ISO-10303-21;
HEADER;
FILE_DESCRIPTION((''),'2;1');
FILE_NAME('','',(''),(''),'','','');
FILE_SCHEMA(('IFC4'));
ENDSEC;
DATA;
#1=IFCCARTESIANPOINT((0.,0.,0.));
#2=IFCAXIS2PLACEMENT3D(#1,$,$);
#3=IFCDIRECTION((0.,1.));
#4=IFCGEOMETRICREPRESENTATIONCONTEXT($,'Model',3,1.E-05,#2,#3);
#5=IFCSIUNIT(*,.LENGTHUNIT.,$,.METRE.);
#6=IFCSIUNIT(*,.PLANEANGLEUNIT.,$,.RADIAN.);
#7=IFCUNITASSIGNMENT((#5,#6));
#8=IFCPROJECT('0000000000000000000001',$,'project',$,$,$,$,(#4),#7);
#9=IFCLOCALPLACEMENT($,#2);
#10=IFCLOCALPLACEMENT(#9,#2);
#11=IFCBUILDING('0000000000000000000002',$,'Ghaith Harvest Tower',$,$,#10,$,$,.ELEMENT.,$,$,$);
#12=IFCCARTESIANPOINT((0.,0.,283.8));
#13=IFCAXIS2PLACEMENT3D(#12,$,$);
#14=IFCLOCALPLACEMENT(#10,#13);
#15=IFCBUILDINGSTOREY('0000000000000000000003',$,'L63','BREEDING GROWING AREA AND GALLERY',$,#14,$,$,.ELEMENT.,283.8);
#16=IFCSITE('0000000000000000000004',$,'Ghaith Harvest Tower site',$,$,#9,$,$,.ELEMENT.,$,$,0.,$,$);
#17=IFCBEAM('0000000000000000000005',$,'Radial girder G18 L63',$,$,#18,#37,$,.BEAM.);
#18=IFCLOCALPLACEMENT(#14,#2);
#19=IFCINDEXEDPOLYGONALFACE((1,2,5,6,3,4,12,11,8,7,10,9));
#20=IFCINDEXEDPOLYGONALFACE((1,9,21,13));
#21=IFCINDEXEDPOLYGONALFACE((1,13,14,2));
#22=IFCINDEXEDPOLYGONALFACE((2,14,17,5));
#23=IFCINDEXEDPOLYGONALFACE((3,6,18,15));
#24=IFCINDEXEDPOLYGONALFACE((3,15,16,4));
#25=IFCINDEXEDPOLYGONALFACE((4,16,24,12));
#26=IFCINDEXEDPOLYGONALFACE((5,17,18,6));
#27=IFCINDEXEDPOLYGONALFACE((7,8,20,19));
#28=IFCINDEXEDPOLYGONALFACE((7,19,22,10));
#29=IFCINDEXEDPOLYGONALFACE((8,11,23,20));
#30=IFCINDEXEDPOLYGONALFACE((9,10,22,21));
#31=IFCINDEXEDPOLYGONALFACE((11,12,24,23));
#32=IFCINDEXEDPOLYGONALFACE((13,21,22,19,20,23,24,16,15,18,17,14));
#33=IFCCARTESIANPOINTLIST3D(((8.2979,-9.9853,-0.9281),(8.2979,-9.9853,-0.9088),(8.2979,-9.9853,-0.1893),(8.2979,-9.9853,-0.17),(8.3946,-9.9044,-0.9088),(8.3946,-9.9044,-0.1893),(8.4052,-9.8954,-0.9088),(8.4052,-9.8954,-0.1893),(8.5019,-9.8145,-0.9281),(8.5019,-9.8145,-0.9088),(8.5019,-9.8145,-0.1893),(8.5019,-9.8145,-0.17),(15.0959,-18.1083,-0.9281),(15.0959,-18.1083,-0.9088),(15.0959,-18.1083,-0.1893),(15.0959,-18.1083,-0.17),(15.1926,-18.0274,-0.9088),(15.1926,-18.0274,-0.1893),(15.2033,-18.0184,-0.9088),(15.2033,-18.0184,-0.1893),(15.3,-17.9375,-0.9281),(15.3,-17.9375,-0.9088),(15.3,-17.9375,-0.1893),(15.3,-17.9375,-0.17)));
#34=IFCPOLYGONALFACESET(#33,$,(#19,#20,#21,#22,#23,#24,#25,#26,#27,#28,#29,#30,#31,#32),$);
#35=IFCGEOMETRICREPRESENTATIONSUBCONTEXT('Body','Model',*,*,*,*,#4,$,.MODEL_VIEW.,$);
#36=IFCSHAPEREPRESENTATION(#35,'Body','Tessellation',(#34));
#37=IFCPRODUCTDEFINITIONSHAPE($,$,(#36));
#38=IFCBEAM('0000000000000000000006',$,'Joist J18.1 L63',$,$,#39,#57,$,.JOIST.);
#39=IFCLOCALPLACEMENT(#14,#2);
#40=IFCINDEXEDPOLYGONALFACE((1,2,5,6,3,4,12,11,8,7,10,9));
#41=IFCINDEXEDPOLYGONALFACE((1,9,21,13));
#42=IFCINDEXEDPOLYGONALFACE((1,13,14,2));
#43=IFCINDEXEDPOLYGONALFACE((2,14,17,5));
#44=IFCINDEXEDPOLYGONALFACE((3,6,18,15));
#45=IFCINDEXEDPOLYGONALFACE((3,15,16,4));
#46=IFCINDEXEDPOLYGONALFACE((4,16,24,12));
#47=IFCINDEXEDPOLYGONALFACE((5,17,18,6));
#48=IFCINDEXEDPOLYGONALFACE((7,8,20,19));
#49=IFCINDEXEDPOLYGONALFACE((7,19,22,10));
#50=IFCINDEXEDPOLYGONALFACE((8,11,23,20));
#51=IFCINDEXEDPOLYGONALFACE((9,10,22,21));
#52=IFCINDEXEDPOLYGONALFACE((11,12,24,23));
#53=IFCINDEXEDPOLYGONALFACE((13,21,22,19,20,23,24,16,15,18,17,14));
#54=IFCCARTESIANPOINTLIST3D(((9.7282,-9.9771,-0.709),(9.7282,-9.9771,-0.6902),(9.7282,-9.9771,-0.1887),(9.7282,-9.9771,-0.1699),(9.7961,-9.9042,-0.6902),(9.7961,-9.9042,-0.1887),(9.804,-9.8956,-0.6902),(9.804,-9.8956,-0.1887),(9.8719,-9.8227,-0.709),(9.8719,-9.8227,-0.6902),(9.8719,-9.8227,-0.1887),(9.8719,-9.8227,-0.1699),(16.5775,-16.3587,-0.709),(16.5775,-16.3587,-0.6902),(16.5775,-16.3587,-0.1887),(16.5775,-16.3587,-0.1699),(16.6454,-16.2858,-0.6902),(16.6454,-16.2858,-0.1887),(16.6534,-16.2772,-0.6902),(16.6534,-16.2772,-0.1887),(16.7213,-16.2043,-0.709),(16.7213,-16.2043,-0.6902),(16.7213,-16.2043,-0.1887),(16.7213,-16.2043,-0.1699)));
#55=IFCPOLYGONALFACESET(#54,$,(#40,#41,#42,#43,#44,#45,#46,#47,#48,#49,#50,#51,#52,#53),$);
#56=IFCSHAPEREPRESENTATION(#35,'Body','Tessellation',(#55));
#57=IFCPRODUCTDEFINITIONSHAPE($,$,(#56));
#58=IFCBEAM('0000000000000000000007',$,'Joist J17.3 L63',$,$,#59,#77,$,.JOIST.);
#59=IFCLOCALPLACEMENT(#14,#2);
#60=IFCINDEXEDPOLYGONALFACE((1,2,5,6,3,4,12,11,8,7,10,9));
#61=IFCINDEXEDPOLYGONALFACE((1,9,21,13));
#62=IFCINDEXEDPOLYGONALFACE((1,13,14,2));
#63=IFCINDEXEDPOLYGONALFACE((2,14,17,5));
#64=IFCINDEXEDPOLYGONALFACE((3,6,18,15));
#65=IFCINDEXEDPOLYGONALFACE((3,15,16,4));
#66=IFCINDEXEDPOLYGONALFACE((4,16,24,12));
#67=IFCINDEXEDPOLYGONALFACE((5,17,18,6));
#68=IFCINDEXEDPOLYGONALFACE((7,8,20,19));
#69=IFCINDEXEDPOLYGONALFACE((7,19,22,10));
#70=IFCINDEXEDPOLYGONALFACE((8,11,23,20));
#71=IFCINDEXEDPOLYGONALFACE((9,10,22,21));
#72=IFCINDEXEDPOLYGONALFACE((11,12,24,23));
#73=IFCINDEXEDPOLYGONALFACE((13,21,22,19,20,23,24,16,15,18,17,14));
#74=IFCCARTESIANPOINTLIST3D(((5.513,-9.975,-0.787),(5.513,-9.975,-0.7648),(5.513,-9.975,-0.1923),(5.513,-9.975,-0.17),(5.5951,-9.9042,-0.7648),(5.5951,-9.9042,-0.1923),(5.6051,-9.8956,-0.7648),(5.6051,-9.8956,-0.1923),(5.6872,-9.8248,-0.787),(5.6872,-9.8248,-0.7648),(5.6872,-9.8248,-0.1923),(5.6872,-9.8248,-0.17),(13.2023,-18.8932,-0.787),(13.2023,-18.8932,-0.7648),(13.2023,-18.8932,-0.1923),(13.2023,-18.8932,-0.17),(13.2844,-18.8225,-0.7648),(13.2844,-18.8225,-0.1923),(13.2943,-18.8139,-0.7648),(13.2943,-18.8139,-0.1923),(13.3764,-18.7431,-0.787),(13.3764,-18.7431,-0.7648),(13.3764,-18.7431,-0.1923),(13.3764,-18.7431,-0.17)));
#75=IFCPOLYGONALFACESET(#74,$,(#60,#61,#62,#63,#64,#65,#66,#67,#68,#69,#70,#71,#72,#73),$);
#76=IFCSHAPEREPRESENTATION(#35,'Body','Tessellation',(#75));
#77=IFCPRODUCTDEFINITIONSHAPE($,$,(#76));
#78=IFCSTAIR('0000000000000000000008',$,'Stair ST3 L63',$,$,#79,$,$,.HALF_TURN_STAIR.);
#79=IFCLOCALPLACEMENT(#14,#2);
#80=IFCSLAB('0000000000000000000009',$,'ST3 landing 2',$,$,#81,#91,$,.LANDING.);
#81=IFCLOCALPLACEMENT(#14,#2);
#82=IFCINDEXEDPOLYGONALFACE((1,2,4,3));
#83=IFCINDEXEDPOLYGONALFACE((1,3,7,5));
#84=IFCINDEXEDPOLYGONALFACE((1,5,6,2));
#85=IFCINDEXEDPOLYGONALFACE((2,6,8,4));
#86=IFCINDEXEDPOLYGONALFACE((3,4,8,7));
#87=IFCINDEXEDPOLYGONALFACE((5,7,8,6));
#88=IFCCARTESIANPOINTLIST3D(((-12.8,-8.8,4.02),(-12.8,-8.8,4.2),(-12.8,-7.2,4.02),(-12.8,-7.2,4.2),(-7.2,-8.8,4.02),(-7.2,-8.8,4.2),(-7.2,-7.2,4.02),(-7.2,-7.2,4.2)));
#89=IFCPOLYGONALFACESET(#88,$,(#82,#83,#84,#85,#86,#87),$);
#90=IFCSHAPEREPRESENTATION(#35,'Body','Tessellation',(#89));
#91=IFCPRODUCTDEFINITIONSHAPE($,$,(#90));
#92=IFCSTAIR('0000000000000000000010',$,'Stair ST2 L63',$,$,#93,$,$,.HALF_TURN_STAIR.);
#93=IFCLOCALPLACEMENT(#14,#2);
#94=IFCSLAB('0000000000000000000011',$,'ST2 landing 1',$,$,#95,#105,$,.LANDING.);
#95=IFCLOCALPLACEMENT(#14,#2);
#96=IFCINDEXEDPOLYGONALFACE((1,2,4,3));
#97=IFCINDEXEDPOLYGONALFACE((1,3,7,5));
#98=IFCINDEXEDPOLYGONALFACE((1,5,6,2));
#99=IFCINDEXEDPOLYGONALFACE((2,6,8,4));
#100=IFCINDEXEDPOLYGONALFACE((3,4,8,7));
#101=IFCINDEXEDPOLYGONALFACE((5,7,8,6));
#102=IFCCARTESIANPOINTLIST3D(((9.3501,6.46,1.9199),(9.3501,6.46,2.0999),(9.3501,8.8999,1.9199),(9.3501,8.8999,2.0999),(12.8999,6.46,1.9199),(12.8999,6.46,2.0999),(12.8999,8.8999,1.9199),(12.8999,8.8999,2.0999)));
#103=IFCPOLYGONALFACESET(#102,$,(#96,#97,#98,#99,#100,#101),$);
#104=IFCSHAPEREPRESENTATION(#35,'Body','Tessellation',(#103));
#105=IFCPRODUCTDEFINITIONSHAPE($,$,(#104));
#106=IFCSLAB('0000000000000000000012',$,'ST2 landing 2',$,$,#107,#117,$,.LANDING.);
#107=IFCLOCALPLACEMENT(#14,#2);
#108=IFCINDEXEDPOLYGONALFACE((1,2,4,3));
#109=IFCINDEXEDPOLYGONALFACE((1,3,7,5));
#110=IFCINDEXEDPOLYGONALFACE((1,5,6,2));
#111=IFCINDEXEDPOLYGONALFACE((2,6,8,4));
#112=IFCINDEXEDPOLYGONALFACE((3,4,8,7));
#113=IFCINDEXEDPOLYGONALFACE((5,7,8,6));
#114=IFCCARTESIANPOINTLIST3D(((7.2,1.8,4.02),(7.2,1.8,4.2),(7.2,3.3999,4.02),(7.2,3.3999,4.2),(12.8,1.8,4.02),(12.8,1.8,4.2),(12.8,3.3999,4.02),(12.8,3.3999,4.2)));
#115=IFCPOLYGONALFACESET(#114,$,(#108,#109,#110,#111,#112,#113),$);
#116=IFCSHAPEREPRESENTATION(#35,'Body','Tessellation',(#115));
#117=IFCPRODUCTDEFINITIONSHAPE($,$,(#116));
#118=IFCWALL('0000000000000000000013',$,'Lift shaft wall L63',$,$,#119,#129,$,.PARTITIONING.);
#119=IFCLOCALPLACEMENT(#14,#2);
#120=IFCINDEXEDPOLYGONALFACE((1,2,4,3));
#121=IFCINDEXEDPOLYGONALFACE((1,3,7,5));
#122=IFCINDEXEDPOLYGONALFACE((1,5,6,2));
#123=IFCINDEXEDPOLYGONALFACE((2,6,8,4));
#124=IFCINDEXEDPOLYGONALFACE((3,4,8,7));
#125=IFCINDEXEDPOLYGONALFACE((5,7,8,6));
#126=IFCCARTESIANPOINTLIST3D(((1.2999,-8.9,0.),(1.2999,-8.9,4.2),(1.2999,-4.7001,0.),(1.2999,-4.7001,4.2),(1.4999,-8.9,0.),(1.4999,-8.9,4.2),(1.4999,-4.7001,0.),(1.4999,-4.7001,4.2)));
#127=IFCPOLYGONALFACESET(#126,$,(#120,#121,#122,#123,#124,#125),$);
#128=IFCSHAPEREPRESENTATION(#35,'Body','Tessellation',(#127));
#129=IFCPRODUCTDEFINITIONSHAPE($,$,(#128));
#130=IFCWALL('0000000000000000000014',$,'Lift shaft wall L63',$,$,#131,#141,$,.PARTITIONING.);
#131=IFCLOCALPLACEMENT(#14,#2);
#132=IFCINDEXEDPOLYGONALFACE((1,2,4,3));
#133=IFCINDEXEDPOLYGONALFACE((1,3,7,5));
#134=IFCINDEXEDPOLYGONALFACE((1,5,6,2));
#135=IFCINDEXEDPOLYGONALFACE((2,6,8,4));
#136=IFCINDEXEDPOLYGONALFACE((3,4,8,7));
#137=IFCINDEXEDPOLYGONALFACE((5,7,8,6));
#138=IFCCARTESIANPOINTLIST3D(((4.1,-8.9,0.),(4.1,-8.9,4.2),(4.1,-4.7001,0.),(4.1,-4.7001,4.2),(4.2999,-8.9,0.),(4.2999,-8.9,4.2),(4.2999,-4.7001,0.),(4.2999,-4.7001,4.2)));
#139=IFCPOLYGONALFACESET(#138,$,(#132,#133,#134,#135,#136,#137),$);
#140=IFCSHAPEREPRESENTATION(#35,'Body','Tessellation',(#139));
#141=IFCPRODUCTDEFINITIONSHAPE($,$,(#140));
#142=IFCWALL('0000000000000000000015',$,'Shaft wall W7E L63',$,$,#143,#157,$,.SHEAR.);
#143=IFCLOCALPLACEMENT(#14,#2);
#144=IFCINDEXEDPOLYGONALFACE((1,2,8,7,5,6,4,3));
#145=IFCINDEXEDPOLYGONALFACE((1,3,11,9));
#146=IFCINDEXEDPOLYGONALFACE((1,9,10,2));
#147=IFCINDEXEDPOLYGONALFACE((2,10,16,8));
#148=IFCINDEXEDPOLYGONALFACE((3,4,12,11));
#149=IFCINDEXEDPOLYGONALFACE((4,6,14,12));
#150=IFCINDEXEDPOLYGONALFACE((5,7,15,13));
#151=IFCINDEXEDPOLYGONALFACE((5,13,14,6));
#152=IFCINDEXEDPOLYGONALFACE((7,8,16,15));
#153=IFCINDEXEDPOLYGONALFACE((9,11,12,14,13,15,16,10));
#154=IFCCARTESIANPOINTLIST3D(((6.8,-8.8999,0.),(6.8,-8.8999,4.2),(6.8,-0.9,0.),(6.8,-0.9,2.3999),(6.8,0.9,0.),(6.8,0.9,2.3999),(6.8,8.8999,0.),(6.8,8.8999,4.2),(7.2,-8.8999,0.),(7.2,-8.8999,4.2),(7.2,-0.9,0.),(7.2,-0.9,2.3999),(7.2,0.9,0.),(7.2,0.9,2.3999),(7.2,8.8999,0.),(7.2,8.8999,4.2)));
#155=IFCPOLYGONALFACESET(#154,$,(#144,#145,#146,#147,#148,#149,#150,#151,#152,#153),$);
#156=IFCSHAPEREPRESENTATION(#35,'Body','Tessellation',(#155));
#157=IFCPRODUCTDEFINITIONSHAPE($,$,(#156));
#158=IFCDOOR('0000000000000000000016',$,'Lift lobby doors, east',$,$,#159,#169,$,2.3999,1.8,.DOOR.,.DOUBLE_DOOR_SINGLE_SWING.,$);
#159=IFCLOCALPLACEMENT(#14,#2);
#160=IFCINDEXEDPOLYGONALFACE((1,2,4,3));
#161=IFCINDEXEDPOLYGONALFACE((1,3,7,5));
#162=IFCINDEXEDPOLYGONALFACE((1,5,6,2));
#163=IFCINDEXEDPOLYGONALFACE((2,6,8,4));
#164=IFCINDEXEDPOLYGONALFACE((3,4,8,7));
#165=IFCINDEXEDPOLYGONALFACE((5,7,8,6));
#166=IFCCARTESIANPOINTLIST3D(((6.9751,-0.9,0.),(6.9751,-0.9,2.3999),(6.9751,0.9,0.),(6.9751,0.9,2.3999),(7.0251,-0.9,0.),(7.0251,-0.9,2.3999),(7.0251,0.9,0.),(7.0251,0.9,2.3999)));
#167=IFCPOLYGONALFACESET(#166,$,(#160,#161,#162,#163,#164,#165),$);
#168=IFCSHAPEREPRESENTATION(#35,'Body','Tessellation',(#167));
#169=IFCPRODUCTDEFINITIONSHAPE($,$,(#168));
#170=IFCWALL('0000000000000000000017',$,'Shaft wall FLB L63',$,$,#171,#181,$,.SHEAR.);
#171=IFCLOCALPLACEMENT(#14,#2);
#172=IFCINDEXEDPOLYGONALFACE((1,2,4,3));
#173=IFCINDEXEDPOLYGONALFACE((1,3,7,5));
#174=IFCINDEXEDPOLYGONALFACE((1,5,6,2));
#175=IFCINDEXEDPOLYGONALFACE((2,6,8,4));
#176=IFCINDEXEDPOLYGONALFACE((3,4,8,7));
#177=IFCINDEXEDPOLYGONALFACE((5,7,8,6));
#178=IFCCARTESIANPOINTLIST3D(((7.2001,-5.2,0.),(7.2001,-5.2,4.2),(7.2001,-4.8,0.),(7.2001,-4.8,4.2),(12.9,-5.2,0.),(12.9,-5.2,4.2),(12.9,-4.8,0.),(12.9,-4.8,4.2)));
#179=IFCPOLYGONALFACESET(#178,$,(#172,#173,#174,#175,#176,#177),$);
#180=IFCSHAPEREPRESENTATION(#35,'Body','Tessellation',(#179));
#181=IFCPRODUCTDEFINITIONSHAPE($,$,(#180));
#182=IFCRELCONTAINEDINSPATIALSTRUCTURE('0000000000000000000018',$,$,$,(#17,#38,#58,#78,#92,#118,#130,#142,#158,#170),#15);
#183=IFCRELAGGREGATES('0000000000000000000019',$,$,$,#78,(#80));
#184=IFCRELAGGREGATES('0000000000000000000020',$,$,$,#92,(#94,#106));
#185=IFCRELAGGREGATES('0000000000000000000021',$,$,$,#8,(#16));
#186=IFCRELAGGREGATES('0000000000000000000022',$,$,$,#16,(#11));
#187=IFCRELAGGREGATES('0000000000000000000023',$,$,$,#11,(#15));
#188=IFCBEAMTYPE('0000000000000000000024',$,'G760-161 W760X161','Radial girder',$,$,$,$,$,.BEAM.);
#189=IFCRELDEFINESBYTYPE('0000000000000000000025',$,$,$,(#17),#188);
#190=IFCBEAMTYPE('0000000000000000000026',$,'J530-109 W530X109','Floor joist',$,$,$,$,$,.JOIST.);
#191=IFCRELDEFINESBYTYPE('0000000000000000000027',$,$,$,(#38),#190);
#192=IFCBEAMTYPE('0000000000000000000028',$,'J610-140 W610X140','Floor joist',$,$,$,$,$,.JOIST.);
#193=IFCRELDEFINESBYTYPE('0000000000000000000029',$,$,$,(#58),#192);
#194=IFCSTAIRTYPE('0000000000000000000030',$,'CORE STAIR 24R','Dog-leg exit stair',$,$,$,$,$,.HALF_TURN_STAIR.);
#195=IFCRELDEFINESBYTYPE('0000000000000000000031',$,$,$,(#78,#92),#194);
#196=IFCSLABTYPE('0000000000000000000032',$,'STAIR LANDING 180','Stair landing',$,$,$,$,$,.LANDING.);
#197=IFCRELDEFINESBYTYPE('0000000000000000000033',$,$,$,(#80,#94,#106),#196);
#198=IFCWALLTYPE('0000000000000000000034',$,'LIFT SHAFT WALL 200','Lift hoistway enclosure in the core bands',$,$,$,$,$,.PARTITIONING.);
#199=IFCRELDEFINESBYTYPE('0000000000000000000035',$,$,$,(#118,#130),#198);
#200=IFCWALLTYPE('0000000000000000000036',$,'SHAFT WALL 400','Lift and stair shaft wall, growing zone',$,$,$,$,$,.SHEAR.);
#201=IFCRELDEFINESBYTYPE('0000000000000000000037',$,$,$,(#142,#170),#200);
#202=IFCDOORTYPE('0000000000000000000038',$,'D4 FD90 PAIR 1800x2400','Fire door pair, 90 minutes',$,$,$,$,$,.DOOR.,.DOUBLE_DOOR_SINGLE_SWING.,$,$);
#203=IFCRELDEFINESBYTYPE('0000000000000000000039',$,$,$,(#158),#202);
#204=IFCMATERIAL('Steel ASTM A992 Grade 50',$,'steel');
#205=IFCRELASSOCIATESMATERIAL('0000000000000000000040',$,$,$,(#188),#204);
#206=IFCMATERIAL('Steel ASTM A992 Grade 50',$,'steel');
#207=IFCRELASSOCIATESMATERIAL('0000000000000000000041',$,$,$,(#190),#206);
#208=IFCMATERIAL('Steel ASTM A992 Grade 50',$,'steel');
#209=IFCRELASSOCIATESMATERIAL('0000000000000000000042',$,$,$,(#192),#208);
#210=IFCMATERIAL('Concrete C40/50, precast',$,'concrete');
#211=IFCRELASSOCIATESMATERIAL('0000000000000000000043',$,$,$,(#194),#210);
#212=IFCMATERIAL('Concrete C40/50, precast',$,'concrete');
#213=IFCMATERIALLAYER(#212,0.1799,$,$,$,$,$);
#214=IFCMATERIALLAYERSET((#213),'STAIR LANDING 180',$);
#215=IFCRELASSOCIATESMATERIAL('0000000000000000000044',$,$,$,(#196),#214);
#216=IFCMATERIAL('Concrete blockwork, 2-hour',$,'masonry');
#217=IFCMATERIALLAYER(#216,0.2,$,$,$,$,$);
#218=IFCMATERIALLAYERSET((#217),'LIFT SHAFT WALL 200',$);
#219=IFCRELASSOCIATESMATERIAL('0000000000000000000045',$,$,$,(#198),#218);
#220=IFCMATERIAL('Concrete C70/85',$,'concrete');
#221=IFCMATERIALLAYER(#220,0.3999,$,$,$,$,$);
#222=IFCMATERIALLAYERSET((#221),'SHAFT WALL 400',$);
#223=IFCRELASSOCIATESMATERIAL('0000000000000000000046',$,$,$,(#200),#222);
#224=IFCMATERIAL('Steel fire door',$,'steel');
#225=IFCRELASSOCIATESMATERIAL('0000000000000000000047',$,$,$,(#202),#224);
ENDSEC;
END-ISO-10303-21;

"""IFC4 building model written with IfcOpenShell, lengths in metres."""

from ifc_helpers import new_model, si_unit, direction, frame, frame_2d, origin, origin_2d, place, context, subcontext, project, spatial, polyline, rectangle, i_section, outline, extrude, material, layer, layer_set, material_profile, profile_set, type_object, element, fill, aggregate, save


model = new_model("IFC4")

# Units and contexts
model_context = context("Model", 3, precision=1e-05, world=origin(), true_north=direction((0.0, 1.0)))
body_context = subcontext(model_context, "Body", "Model", "MODEL_VIEW")
ifc_project = project(units=[si_unit("LENGTHUNIT", "METRE"), si_unit("PLANEANGLEUNIT", "RADIAN")], contexts=[model_context])

# Site, building, storey
site_placement = place(None, origin())
site = spatial("IfcSite", under=ifc_project, at=site_placement, Name="Ghaith Harvest Tower site", CompositionType="ELEMENT", RefElevation=0.0)
building_placement = place(site_placement, origin())
building = spatial("IfcBuilding", under=site, at=building_placement, Name="Ghaith Harvest Tower", CompositionType="ELEMENT")
storey_placement = place(building_placement, frame((0.0, 0.0, 283.8)))
storey = spatial("IfcBuildingStorey", under=building, at=storey_placement, Name="L63", Description="BREEDING GROWING AREA AND GALLERY", CompositionType="ELEMENT", Elevation=283.8)

# Beams
ifc_material_1 = material(Name="Steel ASTM A992 Grade 50", Category="steel")
ifc_material_profile_1 = material_profile(ifc_material_1, i_section(OverallWidth=0.2661, OverallDepth=0.7581, WebThickness=0.0139, FlangeThickness=0.0193, at=origin_2d()), Name="W760X161")
ifc_profile_set_1 = profile_set([ifc_material_profile_1], Name="Steel ASTM A992 Grade 50")
beam_type_1 = type_object("IfcBeamType", Name="G760-161 W760X161", Description="Radial girder", PredefinedType="BEAM", material=ifc_profile_set_1)
beam_1_placement = place(storey_placement, frame((8.3999, -9.8999, -0.5491), z_axis=(0.641793, -0.766878, 0.0), x_axis=(0.766878, 0.641793, 0.0)))
element("IfcBeam", 1, at=beam_1_placement, inside=storey, type_object=beam_type_1, Name="Radial girder G18 L63", PredefinedType="BEAM", context=body_context, shape_type="SweptSolid", body=[
    extrude(i_section(OverallWidth=0.2661, OverallDepth=0.7581, WebThickness=0.0139, FlangeThickness=0.0193, at=origin_2d()), origin(), (0.0, 0.0, 1.0), 10.5923),
])
ifc_material_2 = material(Name="Steel ASTM A992 Grade 50", Category="steel")
ifc_material_profile_2 = material_profile(ifc_material_2, i_section(OverallWidth=0.2109, OverallDepth=0.5391, WebThickness=0.0117, FlangeThickness=0.0188, at=origin_2d()), Name="W530X109")
ifc_profile_set_2 = profile_set([ifc_material_profile_2], Name="Steel ASTM A992 Grade 50")
beam_type_2 = type_object("IfcBeamType", Name="J530-109 W530X109", Description="Floor joist", PredefinedType="JOIST", material=ifc_profile_set_2)
beam_2_placement = place(storey_placement, frame((9.8, -9.8999, -0.4395), z_axis=(0.731649, -0.681682, 0.0), x_axis=(0.681682, 0.731649, 0.0)))
element("IfcBeam", 2, at=beam_2_placement, inside=storey, type_object=beam_type_2, Name="Joist J18.1 L63", PredefinedType="JOIST", context=body_context, shape_type="SweptSolid", body=[
    extrude(i_section(OverallWidth=0.2109, OverallDepth=0.5391, WebThickness=0.0117, FlangeThickness=0.0188, at=origin_2d()), origin(), (0.0, 0.0, 1.0), 9.3616),
])
ifc_material_3 = material(Name="Steel ASTM A992 Grade 50", Category="steel")
ifc_material_profile_3 = material_profile(ifc_material_3, i_section(OverallWidth=0.23, OverallDepth=0.6169, WebThickness=0.0132, FlangeThickness=0.0222, at=origin_2d()), Name="W610X140")
ifc_profile_set_3 = profile_set([ifc_material_profile_3], Name="Steel ASTM A992 Grade 50")
beam_type_3 = type_object("IfcBeamType", Name="J610-140 W610X140", Description="Floor joist", PredefinedType="JOIST", material=ifc_profile_set_3)
beam_3_placement = place(storey_placement, frame((5.6001, -9.8999, -0.4785), z_axis=(0.652993, -0.757364, 0.0), x_axis=(0.757364, 0.652993, 0.0)))
element("IfcBeam", 3, at=beam_3_placement, inside=storey, type_object=beam_type_3, Name="Joist J17.3 L63", PredefinedType="JOIST", context=body_context, shape_type="SweptSolid", body=[
    extrude(i_section(OverallWidth=0.23, OverallDepth=0.6169, WebThickness=0.0132, FlangeThickness=0.0222, at=origin_2d()), origin(), (0.0, 0.0, 1.0), 11.7754),
])

# Stair, slab
ifc_material_4 = material(Name="Concrete C40/50, precast", Category="concrete")
stair_type = type_object("IfcStairType", Name="CORE STAIR 24R", Description="Dog-leg exit stair", PredefinedType="HALF_TURN_STAIR", material=ifc_material_4)
stair_1_placement = place(storey_placement, origin())
stair_1 = element("IfcStair", 4, at=stair_1_placement, inside=storey, type_object=stair_type, Name="Stair ST3 L63", PredefinedType="HALF_TURN_STAIR")
ifc_material_5 = material(Name="Concrete C40/50, precast", Category="concrete")
ifc_layer_1 = layer(ifc_material_5, 0.1799)
ifc_layer_set_1 = layer_set([ifc_layer_1], Name="STAIR LANDING 180")
slab_type = type_object("IfcSlabType", Name="STAIR LANDING 180", Description="Stair landing", PredefinedType="LANDING", material=ifc_layer_set_1)
slab_1_placement = place(storey_placement, frame((0.0, 0.0, 4.02)))
slab_1 = element("IfcSlab", 5, at=slab_1_placement, type_object=slab_type, Name="ST3 landing 2", PredefinedType="LANDING", context=body_context, shape_type="SweptSolid", body=[
    extrude(outline(polyline([(-12.8, -8.8), (-12.8, -7.2), (-7.2, -7.2), (-7.2, -8.8), (-12.8, -8.8)])), origin(), (0.0, 0.0, 1.0), 0.1799),
])
aggregate(stair_1, [slab_1])

# Stair, slabs
stair_2_placement = place(storey_placement, origin())
stair_2 = element("IfcStair", 6, at=stair_2_placement, inside=storey, type_object=stair_type, Name="Stair ST2 L63", PredefinedType="HALF_TURN_STAIR")
slab_2_placement = place(storey_placement, frame((0.0, 0.0, 1.9199)))
slab_2 = element("IfcSlab", 7, at=slab_2_placement, type_object=slab_type, Name="ST2 landing 1", PredefinedType="LANDING", context=body_context, shape_type="SweptSolid", body=[
    extrude(outline(polyline([(12.8999, 6.46), (12.8999, 8.8999), (9.3501, 8.8999), (9.3501, 6.46), (12.8999, 6.46)])), origin(), (0.0, 0.0, 1.0), 0.1799),
])
slab_3_placement = place(storey_placement, frame((0.0, 0.0, 4.02)))
slab_3 = element("IfcSlab", 8, at=slab_3_placement, type_object=slab_type, Name="ST2 landing 2", PredefinedType="LANDING", context=body_context, shape_type="SweptSolid", body=[
    extrude(outline(polyline([(12.8, 1.8), (12.8, 3.3999), (7.2, 3.3999), (7.2, 1.8), (12.8, 1.8)])), origin(), (0.0, 0.0, 1.0), 0.1799),
])
aggregate(stair_2, [slab_2, slab_3])

# Walls
ifc_material_6 = material(Name="Concrete blockwork, 2-hour", Category="masonry")
ifc_layer_2 = layer(ifc_material_6, 0.2)
ifc_layer_set_2 = layer_set([ifc_layer_2], Name="LIFT SHAFT WALL 200")
wall_type_1 = type_object("IfcWallType", Name="LIFT SHAFT WALL 200", Description="Lift hoistway enclosure in the core bands", PredefinedType="PARTITIONING", material=ifc_layer_set_2)
for number, where, z_axis, x_axis, name in (
    (9, (1.3999, -4.7, 0.0), (0.0, 0.0, 1.0), (0.0, -1.0, 0.0), "Lift shaft wall L63"),
    (10, (4.2, -4.7, 0.0), (0.0, 0.0, 1.0), (0.0, -1.0, 0.0), "Lift shaft wall L63"),
):
    element("IfcWall", number, at=place(storey_placement, frame(where, z_axis=z_axis, x_axis=x_axis)), inside=storey, type_object=wall_type_1, Name=name, PredefinedType="PARTITIONING", context=body_context, shape_type="SweptSolid", body=[
        extrude(rectangle(XDim=4.2, YDim=0.2, at=frame_2d((2.1001, 0.0))), origin(), (0.0, 0.0, 1.0), 4.2),
    ])

# Wall, opening, door
ifc_material_7 = material(Name="Concrete C70/85", Category="concrete")
ifc_layer_3 = layer(ifc_material_7, 0.3999)
ifc_layer_set_3 = layer_set([ifc_layer_3], Name="SHAFT WALL 400")
wall_type_2 = type_object("IfcWallType", Name="SHAFT WALL 400", Description="Lift and stair shaft wall, growing zone", PredefinedType="SHEAR", material=ifc_layer_set_3)
wall_1_placement = place(storey_placement, frame((7.0, -8.8999, 0.0), z_axis=(0.0, 0.0, 1.0), x_axis=(0.0, 1.0, 0.0)))
wall_1 = element("IfcWall", 11, at=wall_1_placement, inside=storey, type_object=wall_type_2, Name="Shaft wall W7E L63", PredefinedType="SHEAR", context=body_context, shape_type="SweptSolid", body=[
    extrude(rectangle(XDim=17.7998, YDim=0.3999, at=frame_2d((8.8999, 0.0))), origin(), (0.0, 0.0, 1.0), 4.2),
])
opening_1_placement = place(wall_1_placement, frame((8.0, 0.0, 0.0)))
opening_1 = element("IfcOpeningElement", 12, at=opening_1_placement, cuts=wall_1, PredefinedType="OPENING", context=body_context, shape_type="SweptSolid", body=[
    extrude(rectangle(XDim=1.8, YDim=2.3999, at=frame_2d((0.8999, 1.2))), frame((0.0, 0.21, 0.0), z_axis=(0.0, -1.0, 0.0), x_axis=(1.0, 0.0, 0.0)), (0.0, 0.0, 1.0), 0.4199),
])
ifc_material_8 = material(Name="Steel fire door", Category="steel")
door_type_1 = type_object("IfcDoorType", Name="D4 FD90 PAIR 1800x2400", Description="Fire door pair, 90 minutes", OperationType="DOUBLE_DOOR_SINGLE_SWING", PredefinedType="DOOR", material=ifc_material_8)
door_1_placement = place(opening_1_placement, origin())
door_1 = element("IfcDoor", 13, at=door_1_placement, inside=storey, type_object=door_type_1, Name="Lift lobby doors, east", OperationType="DOUBLE_DOOR_SINGLE_SWING", OverallHeight=2.3999, OverallWidth=1.8, PredefinedType="DOOR", context=body_context, shape_type="SweptSolid", body=[
    extrude(rectangle(XDim=1.8, YDim=2.3999, at=frame_2d((0.8999, 1.2))), frame((0.0, 0.0249, 0.0), z_axis=(0.0, -1.0, 0.0), x_axis=(1.0, 0.0, 0.0)), (0.0, 0.0, 1.0), 0.05),
])
fill(opening_1, door_1)

# Wall
wall_2_placement = place(storey_placement, frame((7.2, -5.0, 0.0), z_axis=(0.0, 0.0, 1.0), x_axis=(1.0, 0.0, 0.0)))
element("IfcWall", 14, at=wall_2_placement, inside=storey, type_object=wall_type_2, Name="Shaft wall FLB L63", PredefinedType="SHEAR", context=body_context, shape_type="SweptSolid", body=[
    extrude(rectangle(XDim=5.7, YDim=0.3999, at=frame_2d((2.8501, 0.0))), origin(), (0.0, 0.0, 1.0), 4.2),
])

save(model, "model.ifc")
